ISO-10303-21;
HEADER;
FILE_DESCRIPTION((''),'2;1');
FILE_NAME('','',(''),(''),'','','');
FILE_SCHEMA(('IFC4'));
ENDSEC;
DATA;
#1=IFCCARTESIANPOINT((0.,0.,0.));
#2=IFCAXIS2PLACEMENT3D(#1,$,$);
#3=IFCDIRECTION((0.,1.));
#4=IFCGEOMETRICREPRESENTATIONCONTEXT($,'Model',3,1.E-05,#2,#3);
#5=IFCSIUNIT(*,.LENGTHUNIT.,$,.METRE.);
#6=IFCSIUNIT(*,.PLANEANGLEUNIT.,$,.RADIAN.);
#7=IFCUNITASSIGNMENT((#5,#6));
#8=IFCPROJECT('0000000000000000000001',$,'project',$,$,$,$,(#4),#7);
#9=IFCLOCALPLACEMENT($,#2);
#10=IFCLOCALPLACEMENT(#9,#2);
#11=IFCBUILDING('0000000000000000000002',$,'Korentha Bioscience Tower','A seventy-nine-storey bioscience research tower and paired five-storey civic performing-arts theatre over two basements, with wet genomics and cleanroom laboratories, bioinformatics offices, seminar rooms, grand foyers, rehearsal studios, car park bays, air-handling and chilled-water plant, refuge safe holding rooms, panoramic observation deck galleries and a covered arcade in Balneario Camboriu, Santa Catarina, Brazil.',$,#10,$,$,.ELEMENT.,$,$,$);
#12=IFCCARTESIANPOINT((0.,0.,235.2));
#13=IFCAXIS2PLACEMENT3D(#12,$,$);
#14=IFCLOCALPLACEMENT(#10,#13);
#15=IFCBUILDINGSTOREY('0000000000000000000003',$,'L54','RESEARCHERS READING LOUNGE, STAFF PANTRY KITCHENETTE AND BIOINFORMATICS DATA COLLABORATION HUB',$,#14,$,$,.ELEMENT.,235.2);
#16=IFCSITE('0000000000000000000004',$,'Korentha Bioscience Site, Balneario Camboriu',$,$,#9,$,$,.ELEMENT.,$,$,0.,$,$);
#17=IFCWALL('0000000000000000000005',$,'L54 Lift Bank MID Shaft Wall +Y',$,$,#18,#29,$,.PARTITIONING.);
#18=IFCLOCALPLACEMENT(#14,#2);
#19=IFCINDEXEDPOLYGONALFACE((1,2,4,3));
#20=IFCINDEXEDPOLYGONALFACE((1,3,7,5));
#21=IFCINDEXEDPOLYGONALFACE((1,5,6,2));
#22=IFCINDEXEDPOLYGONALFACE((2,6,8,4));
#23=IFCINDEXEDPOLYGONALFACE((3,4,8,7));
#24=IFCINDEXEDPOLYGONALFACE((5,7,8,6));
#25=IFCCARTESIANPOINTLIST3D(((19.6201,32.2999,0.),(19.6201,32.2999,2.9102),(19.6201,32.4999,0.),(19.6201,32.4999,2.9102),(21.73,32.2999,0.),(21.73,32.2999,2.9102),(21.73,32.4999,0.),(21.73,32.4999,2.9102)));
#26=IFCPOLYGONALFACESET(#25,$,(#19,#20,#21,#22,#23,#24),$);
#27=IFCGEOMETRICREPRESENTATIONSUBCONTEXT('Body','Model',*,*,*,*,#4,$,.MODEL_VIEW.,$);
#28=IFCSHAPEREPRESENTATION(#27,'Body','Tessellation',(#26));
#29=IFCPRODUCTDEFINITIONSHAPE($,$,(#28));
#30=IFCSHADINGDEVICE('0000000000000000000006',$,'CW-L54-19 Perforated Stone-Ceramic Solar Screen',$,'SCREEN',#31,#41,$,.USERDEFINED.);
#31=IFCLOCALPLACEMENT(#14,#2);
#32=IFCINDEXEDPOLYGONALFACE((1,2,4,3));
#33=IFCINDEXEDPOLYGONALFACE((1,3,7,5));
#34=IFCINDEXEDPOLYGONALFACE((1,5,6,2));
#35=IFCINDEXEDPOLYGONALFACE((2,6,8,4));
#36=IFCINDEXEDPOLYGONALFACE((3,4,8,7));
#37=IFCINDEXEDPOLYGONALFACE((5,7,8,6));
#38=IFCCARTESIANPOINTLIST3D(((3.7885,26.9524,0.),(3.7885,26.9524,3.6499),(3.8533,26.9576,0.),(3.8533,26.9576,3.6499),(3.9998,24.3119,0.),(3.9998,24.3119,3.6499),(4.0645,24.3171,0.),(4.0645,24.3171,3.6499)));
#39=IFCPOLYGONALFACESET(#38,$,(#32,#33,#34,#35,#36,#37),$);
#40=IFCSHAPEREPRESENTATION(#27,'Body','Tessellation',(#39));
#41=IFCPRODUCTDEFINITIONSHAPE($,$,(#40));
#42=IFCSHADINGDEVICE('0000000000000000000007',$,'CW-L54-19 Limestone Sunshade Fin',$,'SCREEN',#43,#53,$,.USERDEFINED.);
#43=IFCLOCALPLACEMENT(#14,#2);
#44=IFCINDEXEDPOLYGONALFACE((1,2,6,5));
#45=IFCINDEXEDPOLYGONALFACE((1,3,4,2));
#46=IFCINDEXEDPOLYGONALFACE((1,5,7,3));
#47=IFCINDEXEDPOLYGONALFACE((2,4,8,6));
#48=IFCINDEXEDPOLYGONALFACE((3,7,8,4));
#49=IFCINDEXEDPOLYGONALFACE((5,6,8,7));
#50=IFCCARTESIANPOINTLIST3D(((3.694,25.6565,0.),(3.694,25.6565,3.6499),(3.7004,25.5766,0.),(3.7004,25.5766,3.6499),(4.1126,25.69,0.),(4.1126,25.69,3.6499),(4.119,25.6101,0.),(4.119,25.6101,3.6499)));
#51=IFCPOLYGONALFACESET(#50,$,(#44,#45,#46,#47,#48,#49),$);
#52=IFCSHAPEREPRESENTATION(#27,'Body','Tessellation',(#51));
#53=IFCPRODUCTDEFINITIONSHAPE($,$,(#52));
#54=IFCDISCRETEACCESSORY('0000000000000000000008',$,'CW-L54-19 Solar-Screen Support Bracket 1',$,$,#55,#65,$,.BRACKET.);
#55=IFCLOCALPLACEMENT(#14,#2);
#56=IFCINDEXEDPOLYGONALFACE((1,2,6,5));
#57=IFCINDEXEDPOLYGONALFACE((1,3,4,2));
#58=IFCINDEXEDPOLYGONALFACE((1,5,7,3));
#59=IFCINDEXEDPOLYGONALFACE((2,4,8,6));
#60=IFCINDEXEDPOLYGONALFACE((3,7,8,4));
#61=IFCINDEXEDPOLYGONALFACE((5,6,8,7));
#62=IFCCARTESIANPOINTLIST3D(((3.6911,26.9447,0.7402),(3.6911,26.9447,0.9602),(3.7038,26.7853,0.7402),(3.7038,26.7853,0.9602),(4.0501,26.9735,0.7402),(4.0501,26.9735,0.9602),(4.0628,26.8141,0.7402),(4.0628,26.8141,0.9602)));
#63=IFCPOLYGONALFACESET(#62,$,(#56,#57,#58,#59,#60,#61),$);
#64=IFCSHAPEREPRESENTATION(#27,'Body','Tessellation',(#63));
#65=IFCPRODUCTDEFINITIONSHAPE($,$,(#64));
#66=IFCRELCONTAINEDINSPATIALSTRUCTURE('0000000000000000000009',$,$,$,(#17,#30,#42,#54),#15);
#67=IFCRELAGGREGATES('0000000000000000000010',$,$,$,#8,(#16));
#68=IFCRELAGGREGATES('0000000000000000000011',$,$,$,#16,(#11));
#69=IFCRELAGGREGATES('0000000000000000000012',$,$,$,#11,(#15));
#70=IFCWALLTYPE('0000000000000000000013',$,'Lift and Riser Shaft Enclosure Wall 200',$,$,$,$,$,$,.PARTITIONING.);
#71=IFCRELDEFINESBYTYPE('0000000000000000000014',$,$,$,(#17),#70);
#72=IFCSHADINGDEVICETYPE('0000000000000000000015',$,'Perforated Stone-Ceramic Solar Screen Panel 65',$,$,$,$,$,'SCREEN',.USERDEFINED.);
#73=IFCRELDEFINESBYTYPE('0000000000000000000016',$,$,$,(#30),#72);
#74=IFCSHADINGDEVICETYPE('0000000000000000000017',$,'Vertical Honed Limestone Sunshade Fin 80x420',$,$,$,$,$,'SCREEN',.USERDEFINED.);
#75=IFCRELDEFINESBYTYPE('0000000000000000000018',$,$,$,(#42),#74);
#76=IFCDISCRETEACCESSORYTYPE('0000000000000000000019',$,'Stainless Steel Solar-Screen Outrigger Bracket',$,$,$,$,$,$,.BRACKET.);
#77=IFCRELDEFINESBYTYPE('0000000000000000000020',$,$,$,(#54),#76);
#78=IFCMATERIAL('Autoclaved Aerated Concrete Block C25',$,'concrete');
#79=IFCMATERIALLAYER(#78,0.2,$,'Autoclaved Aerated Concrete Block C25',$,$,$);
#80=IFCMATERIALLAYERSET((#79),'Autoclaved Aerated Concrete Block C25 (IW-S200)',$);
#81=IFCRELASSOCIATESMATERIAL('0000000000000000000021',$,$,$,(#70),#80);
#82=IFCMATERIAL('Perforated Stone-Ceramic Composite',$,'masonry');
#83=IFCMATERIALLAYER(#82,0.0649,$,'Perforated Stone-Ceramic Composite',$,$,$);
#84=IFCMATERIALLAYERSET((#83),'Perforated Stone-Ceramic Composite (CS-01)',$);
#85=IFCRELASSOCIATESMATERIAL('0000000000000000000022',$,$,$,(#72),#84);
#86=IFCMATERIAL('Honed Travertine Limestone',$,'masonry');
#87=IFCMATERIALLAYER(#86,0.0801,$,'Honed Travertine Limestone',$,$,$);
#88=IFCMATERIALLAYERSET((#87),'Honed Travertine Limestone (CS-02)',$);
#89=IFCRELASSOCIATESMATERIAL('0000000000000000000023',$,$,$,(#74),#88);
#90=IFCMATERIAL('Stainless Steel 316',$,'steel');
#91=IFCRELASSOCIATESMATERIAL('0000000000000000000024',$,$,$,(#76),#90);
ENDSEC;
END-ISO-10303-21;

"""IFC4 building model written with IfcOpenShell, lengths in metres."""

from ifc_helpers import new_model, si_unit, direction, frame, frame_2d, origin, origin_2d, place, context, subcontext, project, spatial, rectangle, extrude, material, layer, layer_set, type_object, element, save


model = new_model("IFC4")

# Units and contexts
model_context = context("Model", 3, precision=1e-05, world=origin(), true_north=direction((0.0, 1.0)))
body_context = subcontext(model_context, "Body", "Model", "MODEL_VIEW")
ifc_project = project(units=[si_unit("LENGTHUNIT", "METRE"), si_unit("PLANEANGLEUNIT", "RADIAN")], contexts=[model_context])

# Site, building, storey
site_placement = place(None, origin())
site = spatial("IfcSite", under=ifc_project, at=site_placement, Name="Korentha Bioscience Site, Balneario Camboriu", CompositionType="ELEMENT", RefElevation=0.0)
building_placement = place(site_placement, origin())
building = spatial("IfcBuilding", under=site, at=building_placement, Name="Korentha Bioscience Tower", Description="A seventy-nine-storey bioscience research tower and paired five-storey civic performing-arts theatre over two basements, with wet genomics and cleanroom laboratories, bioinformatics offices, seminar rooms, grand foyers, rehearsal studios, car park bays, air-handling and chilled-water plant, refuge safe holding rooms, panoramic observation deck galleries and a covered arcade in Balneario Camboriu, Santa Catarina, Brazil.", CompositionType="ELEMENT")
storey_placement = place(building_placement, frame((0.0, 0.0, 235.2)))
storey = spatial("IfcBuildingStorey", under=building, at=storey_placement, Name="L54", Description="RESEARCHERS READING LOUNGE, STAFF PANTRY KITCHENETTE AND BIOINFORMATICS DATA COLLABORATION HUB", CompositionType="ELEMENT", Elevation=235.2)

# Wall
ifc_material_1 = material(Name="Autoclaved Aerated Concrete Block C25", Category="concrete")
ifc_layer_1 = layer(ifc_material_1, 0.2, Name="Autoclaved Aerated Concrete Block C25")
ifc_layer_set_1 = layer_set([ifc_layer_1], Name="Autoclaved Aerated Concrete Block C25 (IW-S200)")
wall_type_1 = type_object("IfcWallType", Name="Lift and Riser Shaft Enclosure Wall 200", PredefinedType="PARTITIONING", material=ifc_layer_set_1)
wall_1_placement = place(storey_placement, frame((19.6201, 32.3999, 0.0), z_axis=(0.0, 0.0, 1.0), x_axis=(1.0, 0.0, 0.0)))
element("IfcWall", 1, at=wall_1_placement, inside=storey, type_object=wall_type_1, Name="L54 Lift Bank MID Shaft Wall +Y", PredefinedType="PARTITIONING", context=body_context, shape_type="SweptSolid", body=[
    extrude(rectangle(XDim=2.1099, YDim=0.2, at=frame_2d((1.0549, 0.0))), origin(), (0.0, 0.0, 1.0), 2.9102),
])

# Shading devices
ifc_material_2 = material(Name="Perforated Stone-Ceramic Composite", Category="masonry")
ifc_layer_2 = layer(ifc_material_2, 0.0649, Name="Perforated Stone-Ceramic Composite")
ifc_layer_set_2 = layer_set([ifc_layer_2], Name="Perforated Stone-Ceramic Composite (CS-01)")
shading_device_type_1 = type_object("IfcShadingDeviceType", Name="Perforated Stone-Ceramic Solar Screen Panel 65", ElementType="SCREEN", PredefinedType="USERDEFINED", material=ifc_layer_set_2)
shading_device_1_placement = place(storey_placement, frame((3.9265, 25.6348, 0.0), z_axis=(0.0, 0.0, 1.0), x_axis=(0.079748, -0.996815, 0.0)))
element("IfcShadingDevice", 2, at=shading_device_1_placement, inside=storey, type_object=shading_device_type_1, Name="CW-L54-19 Perforated Stone-Ceramic Solar Screen", ObjectType="SCREEN", PredefinedType="USERDEFINED", context=body_context, shape_type="SweptSolid", body=[
    extrude(rectangle(XDim=2.6489, YDim=0.0649, at=origin_2d()), origin(), (0.0, 0.0, 1.0), 3.6499),
])
ifc_material_3 = material(Name="Honed Travertine Limestone", Category="masonry")
ifc_layer_3 = layer(ifc_material_3, 0.0801, Name="Honed Travertine Limestone")
ifc_layer_set_3 = layer_set([ifc_layer_3], Name="Honed Travertine Limestone (CS-02)")
shading_device_type_2 = type_object("IfcShadingDeviceType", Name="Vertical Honed Limestone Sunshade Fin 80x420", ElementType="SCREEN", PredefinedType="USERDEFINED", material=ifc_layer_set_3)
shading_device_2_placement = place(storey_placement, frame((3.9065, 25.6333, 0.0), z_axis=(0.0, 0.0, 1.0), x_axis=(0.079748, -0.996815, 0.0)))
element("IfcShadingDevice", 3, at=shading_device_2_placement, inside=storey, type_object=shading_device_type_2, Name="CW-L54-19 Limestone Sunshade Fin", ObjectType="SCREEN", PredefinedType="USERDEFINED", context=body_context, shape_type="SweptSolid", body=[
    extrude(rectangle(XDim=0.0801, YDim=0.4199, at=origin_2d()), origin(), (0.0, 0.0, 1.0), 3.6499),
])

# Discrete accessory
ifc_material_4 = material(Name="Stainless Steel 316", Category="steel")
discrete_accessory_type = type_object("IfcDiscreteAccessoryType", Name="Stainless Steel Solar-Screen Outrigger Bracket", PredefinedType="BRACKET", material=ifc_material_4)
discrete_accessory_placement = place(storey_placement, frame((3.877, 26.8794, 0.7402), z_axis=(0.0, 0.0, 1.0), x_axis=(0.079748, -0.996815, 0.0)))
element("IfcDiscreteAccessory", 4, at=discrete_accessory_placement, inside=storey, type_object=discrete_accessory_type, Name="CW-L54-19 Solar-Screen Support Bracket 1", PredefinedType="BRACKET", context=body_context, shape_type="SweptSolid", body=[
    extrude(rectangle(XDim=0.1599, YDim=0.3601, at=origin_2d()), origin(), (0.0, 0.0, 1.0), 0.22),
])

save(model, "model.ifc")
